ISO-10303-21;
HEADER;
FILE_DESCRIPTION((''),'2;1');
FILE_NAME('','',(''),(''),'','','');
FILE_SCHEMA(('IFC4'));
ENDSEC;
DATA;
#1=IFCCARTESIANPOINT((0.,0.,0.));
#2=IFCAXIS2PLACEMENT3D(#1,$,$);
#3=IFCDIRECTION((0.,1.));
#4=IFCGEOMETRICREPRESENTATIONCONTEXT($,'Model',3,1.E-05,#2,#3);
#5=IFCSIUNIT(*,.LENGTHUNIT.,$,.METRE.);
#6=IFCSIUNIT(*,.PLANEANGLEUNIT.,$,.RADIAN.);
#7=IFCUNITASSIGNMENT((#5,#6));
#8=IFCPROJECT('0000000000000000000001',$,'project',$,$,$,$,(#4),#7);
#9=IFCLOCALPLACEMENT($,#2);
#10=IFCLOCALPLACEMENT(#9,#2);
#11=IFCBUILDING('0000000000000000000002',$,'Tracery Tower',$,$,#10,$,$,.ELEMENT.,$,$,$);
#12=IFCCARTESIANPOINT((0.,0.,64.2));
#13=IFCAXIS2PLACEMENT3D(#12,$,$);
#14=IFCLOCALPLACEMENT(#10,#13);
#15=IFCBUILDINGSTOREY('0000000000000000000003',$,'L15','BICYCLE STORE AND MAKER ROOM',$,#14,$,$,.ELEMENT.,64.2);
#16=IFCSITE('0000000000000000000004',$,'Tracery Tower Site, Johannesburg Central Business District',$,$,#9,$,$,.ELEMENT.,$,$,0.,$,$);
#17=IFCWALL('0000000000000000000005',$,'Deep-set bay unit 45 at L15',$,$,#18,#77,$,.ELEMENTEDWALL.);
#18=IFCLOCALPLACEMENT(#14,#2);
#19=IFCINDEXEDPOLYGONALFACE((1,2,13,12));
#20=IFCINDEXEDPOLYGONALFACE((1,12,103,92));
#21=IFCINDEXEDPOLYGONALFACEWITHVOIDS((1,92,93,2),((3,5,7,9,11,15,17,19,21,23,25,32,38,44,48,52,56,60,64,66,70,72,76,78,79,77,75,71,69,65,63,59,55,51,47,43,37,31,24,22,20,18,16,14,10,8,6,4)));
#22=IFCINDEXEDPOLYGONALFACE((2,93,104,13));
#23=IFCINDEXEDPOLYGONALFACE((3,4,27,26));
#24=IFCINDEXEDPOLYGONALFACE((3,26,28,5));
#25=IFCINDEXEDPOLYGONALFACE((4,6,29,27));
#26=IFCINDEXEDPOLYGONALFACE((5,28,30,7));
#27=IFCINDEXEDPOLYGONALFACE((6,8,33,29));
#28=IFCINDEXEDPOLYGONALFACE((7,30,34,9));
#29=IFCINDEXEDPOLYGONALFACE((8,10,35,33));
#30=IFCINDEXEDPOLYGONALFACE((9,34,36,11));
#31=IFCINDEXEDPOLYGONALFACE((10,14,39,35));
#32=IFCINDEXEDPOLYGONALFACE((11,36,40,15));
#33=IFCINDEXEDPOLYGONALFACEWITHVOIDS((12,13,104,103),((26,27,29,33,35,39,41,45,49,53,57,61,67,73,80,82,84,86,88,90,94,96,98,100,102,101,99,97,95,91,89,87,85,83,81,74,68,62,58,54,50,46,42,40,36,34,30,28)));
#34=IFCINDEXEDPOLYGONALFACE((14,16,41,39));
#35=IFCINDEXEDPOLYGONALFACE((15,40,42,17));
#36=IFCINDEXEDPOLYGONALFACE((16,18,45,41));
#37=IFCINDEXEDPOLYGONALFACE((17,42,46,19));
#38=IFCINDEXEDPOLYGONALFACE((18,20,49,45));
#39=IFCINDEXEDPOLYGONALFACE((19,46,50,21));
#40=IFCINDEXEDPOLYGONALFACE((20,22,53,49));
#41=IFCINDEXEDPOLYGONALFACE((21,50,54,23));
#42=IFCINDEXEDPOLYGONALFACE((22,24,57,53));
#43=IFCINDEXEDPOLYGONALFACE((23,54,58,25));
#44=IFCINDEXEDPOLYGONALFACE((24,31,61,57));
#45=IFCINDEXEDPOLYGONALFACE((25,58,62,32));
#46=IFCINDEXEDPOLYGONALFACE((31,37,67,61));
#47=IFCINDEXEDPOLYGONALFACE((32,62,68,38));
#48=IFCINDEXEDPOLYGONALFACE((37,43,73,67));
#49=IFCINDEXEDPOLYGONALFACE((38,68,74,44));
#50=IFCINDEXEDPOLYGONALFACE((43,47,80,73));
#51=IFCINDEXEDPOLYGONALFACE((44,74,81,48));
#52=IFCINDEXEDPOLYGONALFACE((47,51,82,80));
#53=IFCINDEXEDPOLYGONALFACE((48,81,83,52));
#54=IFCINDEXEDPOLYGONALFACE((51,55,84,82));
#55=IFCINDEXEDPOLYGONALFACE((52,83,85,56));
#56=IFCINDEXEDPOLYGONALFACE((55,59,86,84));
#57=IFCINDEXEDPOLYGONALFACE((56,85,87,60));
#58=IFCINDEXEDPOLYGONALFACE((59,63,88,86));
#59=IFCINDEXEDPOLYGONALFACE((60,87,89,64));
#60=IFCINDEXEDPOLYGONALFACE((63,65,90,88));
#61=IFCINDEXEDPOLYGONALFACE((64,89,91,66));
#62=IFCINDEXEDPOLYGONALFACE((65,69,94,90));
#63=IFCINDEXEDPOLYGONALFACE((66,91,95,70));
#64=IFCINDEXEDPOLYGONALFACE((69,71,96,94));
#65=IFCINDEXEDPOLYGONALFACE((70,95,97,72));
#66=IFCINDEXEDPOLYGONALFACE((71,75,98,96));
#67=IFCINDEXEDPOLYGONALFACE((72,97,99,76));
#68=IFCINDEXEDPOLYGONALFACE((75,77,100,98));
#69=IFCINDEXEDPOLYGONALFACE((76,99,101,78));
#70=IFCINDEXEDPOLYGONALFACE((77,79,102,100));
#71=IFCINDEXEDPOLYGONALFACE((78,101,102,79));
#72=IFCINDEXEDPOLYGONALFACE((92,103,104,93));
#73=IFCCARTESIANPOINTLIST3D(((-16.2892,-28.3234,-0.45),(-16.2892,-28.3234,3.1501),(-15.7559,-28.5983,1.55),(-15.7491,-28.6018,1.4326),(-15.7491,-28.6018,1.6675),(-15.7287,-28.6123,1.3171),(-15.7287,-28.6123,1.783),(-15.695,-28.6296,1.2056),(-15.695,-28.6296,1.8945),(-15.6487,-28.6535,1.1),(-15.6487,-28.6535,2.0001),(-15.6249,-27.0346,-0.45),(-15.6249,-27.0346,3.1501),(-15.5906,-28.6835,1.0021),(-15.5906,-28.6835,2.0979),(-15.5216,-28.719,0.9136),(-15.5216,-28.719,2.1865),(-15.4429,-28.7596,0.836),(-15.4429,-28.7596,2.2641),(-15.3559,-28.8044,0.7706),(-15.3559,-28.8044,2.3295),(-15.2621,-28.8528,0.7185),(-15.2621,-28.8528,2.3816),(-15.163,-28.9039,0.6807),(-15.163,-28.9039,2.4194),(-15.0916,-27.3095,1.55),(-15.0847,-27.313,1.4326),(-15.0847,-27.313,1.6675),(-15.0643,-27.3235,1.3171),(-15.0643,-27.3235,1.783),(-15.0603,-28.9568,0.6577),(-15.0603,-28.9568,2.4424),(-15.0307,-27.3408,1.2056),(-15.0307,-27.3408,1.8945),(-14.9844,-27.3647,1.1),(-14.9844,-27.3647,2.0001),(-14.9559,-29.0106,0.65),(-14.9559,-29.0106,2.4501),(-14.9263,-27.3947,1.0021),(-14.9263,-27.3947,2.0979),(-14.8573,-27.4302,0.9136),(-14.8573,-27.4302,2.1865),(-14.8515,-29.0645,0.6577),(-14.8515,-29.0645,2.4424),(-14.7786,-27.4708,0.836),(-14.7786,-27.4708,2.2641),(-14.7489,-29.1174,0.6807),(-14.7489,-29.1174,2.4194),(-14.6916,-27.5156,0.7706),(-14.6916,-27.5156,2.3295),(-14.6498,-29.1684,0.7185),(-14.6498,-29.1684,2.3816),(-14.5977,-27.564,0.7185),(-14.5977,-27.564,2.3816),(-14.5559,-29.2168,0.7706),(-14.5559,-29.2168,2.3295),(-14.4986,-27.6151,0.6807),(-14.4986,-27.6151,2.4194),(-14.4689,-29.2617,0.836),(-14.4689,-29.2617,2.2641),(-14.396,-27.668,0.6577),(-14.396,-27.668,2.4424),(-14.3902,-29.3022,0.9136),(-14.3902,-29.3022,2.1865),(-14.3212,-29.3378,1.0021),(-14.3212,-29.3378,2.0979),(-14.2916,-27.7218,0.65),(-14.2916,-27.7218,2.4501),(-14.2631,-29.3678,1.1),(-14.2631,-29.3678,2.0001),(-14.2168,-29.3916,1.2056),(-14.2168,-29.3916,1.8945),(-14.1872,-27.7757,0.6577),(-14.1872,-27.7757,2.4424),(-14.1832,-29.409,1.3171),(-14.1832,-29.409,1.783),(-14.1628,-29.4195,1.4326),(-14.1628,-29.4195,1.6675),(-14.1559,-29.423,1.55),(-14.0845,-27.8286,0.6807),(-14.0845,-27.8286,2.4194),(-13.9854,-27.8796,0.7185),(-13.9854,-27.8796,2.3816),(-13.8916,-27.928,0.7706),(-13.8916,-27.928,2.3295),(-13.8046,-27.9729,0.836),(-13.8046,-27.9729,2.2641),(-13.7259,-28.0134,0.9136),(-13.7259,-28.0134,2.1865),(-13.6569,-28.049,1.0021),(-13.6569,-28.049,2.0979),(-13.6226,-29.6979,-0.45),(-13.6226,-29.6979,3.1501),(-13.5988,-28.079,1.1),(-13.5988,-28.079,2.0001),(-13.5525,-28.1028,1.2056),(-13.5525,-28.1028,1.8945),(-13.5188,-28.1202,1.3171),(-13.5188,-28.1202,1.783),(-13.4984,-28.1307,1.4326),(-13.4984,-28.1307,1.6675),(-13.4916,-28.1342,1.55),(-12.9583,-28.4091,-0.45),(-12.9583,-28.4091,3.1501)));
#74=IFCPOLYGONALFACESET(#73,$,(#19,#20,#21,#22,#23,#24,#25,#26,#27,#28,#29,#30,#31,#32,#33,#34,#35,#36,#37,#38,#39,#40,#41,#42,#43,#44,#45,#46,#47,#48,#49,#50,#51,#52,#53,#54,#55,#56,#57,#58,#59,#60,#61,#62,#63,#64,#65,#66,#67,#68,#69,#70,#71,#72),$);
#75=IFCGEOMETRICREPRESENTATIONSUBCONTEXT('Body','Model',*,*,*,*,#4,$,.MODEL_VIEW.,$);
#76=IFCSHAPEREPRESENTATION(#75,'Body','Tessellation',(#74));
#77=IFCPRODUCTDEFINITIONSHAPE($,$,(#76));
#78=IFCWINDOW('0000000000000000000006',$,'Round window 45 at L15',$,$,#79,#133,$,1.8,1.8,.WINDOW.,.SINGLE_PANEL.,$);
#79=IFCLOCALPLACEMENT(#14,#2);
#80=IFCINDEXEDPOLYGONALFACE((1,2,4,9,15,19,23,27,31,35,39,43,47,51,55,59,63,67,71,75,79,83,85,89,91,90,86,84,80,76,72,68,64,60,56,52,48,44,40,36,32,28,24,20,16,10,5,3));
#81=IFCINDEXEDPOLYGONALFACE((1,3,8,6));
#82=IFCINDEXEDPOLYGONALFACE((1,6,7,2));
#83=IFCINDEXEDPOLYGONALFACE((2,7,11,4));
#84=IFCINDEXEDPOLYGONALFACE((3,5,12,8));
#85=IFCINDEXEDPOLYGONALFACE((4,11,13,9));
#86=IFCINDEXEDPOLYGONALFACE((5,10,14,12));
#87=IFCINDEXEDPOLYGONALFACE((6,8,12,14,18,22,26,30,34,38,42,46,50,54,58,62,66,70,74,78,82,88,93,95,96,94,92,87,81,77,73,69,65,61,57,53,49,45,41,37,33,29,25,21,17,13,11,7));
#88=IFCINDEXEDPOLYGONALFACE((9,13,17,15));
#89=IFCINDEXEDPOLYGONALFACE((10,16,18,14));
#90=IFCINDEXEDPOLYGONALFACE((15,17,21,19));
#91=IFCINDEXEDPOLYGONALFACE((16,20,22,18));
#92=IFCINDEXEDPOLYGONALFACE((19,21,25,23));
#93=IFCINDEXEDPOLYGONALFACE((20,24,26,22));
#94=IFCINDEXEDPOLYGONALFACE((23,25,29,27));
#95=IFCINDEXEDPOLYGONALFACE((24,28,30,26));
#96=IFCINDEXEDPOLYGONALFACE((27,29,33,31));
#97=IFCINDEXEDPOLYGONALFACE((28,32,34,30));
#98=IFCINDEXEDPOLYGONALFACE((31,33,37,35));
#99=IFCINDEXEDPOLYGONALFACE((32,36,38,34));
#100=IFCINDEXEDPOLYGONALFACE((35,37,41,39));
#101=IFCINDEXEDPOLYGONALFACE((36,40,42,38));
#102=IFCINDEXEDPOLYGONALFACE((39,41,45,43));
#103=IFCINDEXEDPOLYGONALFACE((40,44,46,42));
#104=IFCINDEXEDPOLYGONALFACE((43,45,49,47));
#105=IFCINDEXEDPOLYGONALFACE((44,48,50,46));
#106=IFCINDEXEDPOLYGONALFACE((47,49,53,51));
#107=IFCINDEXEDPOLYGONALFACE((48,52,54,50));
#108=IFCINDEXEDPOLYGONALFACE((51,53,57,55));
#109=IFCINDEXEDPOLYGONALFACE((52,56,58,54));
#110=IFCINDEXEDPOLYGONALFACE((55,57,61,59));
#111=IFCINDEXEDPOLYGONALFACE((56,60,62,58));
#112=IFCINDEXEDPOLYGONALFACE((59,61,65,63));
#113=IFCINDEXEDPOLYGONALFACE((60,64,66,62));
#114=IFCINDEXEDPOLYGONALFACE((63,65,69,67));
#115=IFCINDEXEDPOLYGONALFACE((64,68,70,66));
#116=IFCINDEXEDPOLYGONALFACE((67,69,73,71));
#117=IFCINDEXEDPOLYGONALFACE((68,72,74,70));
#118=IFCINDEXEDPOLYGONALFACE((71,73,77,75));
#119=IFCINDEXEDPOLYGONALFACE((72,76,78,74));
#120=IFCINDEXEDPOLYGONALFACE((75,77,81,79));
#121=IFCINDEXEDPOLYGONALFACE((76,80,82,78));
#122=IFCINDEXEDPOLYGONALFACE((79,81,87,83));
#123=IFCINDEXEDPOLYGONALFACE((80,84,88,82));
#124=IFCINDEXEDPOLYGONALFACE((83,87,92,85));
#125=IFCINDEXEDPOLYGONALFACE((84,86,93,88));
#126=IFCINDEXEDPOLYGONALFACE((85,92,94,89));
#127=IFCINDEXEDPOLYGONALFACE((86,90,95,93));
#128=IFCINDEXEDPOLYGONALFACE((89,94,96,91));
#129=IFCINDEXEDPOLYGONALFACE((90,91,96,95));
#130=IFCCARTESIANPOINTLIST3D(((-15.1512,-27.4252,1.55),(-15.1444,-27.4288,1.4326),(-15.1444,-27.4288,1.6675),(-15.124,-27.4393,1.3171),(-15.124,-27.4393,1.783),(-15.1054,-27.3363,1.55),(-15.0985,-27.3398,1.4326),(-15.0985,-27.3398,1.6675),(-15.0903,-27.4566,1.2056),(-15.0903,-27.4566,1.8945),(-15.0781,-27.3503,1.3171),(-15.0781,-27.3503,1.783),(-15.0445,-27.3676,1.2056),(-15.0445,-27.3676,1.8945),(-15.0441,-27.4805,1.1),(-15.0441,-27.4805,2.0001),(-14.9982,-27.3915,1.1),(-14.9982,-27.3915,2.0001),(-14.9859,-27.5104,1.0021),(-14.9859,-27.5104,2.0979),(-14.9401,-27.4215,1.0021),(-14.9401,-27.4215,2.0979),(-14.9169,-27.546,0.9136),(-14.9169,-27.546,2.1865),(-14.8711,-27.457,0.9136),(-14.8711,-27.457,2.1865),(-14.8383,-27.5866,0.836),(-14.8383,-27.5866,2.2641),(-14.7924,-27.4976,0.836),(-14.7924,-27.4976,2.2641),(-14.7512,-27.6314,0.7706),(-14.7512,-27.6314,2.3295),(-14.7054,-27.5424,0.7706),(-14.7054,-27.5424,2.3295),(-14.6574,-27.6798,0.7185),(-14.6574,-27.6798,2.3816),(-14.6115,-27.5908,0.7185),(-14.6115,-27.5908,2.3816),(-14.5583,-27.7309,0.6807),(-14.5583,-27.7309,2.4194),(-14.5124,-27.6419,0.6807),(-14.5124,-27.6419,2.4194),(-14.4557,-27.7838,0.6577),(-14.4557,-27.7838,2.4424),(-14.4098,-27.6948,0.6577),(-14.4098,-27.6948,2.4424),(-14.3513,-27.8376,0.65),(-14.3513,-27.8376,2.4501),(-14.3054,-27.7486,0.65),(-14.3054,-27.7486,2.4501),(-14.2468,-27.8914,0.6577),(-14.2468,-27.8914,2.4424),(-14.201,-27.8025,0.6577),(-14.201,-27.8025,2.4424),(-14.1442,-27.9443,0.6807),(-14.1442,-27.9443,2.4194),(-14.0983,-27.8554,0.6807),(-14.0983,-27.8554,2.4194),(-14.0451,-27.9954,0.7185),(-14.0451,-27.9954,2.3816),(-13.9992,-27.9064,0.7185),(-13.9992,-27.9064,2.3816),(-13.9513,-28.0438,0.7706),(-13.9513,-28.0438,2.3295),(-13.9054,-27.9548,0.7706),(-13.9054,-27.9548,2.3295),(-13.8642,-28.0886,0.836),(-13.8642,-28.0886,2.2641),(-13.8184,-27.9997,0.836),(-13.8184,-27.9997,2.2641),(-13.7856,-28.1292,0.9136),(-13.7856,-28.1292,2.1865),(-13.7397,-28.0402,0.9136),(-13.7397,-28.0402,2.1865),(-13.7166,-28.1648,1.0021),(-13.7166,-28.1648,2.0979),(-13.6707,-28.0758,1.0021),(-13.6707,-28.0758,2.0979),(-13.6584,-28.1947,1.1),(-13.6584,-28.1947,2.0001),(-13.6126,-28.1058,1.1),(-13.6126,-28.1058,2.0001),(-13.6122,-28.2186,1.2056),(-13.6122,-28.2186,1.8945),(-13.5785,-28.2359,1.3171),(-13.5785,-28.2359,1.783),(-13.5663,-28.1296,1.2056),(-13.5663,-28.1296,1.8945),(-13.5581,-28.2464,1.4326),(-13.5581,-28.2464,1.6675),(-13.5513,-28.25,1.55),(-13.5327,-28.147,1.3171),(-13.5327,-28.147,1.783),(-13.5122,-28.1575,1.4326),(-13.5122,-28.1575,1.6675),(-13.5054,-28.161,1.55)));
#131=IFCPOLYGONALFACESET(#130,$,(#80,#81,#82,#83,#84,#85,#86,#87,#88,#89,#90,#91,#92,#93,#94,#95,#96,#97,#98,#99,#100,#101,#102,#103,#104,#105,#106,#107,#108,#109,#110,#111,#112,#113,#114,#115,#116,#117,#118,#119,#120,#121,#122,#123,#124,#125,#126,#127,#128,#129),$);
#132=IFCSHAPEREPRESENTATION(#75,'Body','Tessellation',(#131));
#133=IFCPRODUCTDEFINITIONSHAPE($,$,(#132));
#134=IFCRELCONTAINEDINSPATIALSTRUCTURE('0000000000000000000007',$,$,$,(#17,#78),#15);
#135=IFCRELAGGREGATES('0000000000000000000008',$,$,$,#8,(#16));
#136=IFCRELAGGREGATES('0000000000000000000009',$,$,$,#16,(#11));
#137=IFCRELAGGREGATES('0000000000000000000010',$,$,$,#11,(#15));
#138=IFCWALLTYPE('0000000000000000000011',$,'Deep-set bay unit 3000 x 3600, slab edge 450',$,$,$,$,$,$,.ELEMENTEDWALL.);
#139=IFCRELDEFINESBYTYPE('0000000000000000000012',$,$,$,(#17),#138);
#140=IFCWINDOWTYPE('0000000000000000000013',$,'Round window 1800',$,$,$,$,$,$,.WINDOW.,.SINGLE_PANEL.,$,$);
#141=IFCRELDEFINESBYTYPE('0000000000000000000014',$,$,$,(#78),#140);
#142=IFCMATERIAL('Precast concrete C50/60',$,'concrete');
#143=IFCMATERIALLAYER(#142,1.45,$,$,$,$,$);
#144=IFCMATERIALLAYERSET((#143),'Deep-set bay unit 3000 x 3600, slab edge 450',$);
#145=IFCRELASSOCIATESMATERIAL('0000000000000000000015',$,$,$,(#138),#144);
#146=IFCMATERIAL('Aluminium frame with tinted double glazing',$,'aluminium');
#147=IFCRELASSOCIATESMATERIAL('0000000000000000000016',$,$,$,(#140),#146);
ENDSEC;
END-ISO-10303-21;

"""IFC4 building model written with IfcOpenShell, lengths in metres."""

from ifc_helpers import new_model, si_unit, direction, frame, frame_2d, origin, origin_2d, place, context, subcontext, project, spatial, rectangle, circle, extrude, material, layer, layer_set, type_object, element, fill, save


model = new_model("IFC4")

# Units and contexts
model_context = context("Model", 3, precision=1e-05, world=origin(), true_north=direction((0.0, 1.0)))
body_context = subcontext(model_context, "Body", "Model", "MODEL_VIEW")
ifc_project = project(units=[si_unit("LENGTHUNIT", "METRE"), si_unit("PLANEANGLEUNIT", "RADIAN")], contexts=[model_context])

# Site, building, storey
site_placement = place(None, origin())
site = spatial("IfcSite", under=ifc_project, at=site_placement, Name="Tracery Tower Site, Johannesburg Central Business District", CompositionType="ELEMENT", RefElevation=0.0)
building_placement = place(site_placement, origin())
building = spatial("IfcBuilding", under=site, at=building_placement, Name="Tracery Tower", CompositionType="ELEMENT")
storey_placement = place(building_placement, frame((0.0, 0.0, 64.2)))
storey = spatial("IfcBuildingStorey", under=building, at=storey_placement, Name="L15", Description="BICYCLE STORE AND MAKER ROOM", CompositionType="ELEMENT", Elevation=64.2)

# Wall, opening, window
ifc_material_1 = material(Name="Precast concrete C50/60", Category="concrete")
ifc_layer_1 = layer(ifc_material_1, 1.45)
ifc_layer_set_1 = layer_set([ifc_layer_1], Name="Deep-set bay unit 3000 x 3600, slab edge 450")
wall_type_1 = type_object("IfcWallType", Name="Deep-set bay unit 3000 x 3600, slab edge 450", PredefinedType="ELEMENTEDWALL", material=ifc_layer_set_1)
ifc_material_2 = material(Name="Aluminium frame with tinted double glazing", Category="aluminium")
window_type = type_object("IfcWindowType", Name="Round window 1800", PartitioningType="SINGLE_PANEL", PredefinedType="WINDOW", material=ifc_material_2)
wall_1_placement = place(storey_placement, frame((-15.957, -27.679, -0.45), z_axis=(0.0, 0.0, 1.0), x_axis=(0.888858, -0.458183, 0.0)))
wall_1 = element("IfcWall", 1, at=wall_1_placement, inside=storey, type_object=wall_type_1, Name="Deep-set bay unit 45 at L15", PredefinedType="ELEMENTEDWALL", context=body_context, shape_type="SweptSolid", body=[
    extrude(rectangle(XDim=3.0, YDim=1.45, at=frame_2d((1.5, 0.0))), origin(), (0.0, 0.0, 1.0), 3.6001),
])
opening_1_placement = place(wall_1_placement, frame((1.5, 0.0, 2.0)))
opening_1 = element("IfcOpeningElement", 2, at=opening_1_placement, cuts=wall_1, PredefinedType="OPENING", context=body_context, shape_type="SweptSolid", body=[
    extrude(circle(Radius=0.9, at=origin_2d()), frame((0.0, 0.7349, 0.0), z_axis=(0.0, -1.0, 0.0), x_axis=(1.0, 0.0, 0.0)), (0.0, 0.0, 1.0), 1.47),
])
window_1_placement = place(opening_1_placement, origin())
window_1 = element("IfcWindow", 3, at=window_1_placement, inside=storey, type_object=window_type, Name="Round window 45 at L15", OverallHeight=1.8, OverallWidth=1.8, PartitioningType="SINGLE_PANEL", PredefinedType="WINDOW", context=body_context, shape_type="SweptSolid", body=[
    extrude(circle(Radius=0.9, at=origin_2d()), frame((0.0, 0.6948, 0.0), z_axis=(0.0, -1.0, 0.0), x_axis=(1.0, 0.0, 0.0)), (0.0, 0.0, 1.0), 0.1001),
])
fill(opening_1, window_1)

save(model, "model.ifc")
